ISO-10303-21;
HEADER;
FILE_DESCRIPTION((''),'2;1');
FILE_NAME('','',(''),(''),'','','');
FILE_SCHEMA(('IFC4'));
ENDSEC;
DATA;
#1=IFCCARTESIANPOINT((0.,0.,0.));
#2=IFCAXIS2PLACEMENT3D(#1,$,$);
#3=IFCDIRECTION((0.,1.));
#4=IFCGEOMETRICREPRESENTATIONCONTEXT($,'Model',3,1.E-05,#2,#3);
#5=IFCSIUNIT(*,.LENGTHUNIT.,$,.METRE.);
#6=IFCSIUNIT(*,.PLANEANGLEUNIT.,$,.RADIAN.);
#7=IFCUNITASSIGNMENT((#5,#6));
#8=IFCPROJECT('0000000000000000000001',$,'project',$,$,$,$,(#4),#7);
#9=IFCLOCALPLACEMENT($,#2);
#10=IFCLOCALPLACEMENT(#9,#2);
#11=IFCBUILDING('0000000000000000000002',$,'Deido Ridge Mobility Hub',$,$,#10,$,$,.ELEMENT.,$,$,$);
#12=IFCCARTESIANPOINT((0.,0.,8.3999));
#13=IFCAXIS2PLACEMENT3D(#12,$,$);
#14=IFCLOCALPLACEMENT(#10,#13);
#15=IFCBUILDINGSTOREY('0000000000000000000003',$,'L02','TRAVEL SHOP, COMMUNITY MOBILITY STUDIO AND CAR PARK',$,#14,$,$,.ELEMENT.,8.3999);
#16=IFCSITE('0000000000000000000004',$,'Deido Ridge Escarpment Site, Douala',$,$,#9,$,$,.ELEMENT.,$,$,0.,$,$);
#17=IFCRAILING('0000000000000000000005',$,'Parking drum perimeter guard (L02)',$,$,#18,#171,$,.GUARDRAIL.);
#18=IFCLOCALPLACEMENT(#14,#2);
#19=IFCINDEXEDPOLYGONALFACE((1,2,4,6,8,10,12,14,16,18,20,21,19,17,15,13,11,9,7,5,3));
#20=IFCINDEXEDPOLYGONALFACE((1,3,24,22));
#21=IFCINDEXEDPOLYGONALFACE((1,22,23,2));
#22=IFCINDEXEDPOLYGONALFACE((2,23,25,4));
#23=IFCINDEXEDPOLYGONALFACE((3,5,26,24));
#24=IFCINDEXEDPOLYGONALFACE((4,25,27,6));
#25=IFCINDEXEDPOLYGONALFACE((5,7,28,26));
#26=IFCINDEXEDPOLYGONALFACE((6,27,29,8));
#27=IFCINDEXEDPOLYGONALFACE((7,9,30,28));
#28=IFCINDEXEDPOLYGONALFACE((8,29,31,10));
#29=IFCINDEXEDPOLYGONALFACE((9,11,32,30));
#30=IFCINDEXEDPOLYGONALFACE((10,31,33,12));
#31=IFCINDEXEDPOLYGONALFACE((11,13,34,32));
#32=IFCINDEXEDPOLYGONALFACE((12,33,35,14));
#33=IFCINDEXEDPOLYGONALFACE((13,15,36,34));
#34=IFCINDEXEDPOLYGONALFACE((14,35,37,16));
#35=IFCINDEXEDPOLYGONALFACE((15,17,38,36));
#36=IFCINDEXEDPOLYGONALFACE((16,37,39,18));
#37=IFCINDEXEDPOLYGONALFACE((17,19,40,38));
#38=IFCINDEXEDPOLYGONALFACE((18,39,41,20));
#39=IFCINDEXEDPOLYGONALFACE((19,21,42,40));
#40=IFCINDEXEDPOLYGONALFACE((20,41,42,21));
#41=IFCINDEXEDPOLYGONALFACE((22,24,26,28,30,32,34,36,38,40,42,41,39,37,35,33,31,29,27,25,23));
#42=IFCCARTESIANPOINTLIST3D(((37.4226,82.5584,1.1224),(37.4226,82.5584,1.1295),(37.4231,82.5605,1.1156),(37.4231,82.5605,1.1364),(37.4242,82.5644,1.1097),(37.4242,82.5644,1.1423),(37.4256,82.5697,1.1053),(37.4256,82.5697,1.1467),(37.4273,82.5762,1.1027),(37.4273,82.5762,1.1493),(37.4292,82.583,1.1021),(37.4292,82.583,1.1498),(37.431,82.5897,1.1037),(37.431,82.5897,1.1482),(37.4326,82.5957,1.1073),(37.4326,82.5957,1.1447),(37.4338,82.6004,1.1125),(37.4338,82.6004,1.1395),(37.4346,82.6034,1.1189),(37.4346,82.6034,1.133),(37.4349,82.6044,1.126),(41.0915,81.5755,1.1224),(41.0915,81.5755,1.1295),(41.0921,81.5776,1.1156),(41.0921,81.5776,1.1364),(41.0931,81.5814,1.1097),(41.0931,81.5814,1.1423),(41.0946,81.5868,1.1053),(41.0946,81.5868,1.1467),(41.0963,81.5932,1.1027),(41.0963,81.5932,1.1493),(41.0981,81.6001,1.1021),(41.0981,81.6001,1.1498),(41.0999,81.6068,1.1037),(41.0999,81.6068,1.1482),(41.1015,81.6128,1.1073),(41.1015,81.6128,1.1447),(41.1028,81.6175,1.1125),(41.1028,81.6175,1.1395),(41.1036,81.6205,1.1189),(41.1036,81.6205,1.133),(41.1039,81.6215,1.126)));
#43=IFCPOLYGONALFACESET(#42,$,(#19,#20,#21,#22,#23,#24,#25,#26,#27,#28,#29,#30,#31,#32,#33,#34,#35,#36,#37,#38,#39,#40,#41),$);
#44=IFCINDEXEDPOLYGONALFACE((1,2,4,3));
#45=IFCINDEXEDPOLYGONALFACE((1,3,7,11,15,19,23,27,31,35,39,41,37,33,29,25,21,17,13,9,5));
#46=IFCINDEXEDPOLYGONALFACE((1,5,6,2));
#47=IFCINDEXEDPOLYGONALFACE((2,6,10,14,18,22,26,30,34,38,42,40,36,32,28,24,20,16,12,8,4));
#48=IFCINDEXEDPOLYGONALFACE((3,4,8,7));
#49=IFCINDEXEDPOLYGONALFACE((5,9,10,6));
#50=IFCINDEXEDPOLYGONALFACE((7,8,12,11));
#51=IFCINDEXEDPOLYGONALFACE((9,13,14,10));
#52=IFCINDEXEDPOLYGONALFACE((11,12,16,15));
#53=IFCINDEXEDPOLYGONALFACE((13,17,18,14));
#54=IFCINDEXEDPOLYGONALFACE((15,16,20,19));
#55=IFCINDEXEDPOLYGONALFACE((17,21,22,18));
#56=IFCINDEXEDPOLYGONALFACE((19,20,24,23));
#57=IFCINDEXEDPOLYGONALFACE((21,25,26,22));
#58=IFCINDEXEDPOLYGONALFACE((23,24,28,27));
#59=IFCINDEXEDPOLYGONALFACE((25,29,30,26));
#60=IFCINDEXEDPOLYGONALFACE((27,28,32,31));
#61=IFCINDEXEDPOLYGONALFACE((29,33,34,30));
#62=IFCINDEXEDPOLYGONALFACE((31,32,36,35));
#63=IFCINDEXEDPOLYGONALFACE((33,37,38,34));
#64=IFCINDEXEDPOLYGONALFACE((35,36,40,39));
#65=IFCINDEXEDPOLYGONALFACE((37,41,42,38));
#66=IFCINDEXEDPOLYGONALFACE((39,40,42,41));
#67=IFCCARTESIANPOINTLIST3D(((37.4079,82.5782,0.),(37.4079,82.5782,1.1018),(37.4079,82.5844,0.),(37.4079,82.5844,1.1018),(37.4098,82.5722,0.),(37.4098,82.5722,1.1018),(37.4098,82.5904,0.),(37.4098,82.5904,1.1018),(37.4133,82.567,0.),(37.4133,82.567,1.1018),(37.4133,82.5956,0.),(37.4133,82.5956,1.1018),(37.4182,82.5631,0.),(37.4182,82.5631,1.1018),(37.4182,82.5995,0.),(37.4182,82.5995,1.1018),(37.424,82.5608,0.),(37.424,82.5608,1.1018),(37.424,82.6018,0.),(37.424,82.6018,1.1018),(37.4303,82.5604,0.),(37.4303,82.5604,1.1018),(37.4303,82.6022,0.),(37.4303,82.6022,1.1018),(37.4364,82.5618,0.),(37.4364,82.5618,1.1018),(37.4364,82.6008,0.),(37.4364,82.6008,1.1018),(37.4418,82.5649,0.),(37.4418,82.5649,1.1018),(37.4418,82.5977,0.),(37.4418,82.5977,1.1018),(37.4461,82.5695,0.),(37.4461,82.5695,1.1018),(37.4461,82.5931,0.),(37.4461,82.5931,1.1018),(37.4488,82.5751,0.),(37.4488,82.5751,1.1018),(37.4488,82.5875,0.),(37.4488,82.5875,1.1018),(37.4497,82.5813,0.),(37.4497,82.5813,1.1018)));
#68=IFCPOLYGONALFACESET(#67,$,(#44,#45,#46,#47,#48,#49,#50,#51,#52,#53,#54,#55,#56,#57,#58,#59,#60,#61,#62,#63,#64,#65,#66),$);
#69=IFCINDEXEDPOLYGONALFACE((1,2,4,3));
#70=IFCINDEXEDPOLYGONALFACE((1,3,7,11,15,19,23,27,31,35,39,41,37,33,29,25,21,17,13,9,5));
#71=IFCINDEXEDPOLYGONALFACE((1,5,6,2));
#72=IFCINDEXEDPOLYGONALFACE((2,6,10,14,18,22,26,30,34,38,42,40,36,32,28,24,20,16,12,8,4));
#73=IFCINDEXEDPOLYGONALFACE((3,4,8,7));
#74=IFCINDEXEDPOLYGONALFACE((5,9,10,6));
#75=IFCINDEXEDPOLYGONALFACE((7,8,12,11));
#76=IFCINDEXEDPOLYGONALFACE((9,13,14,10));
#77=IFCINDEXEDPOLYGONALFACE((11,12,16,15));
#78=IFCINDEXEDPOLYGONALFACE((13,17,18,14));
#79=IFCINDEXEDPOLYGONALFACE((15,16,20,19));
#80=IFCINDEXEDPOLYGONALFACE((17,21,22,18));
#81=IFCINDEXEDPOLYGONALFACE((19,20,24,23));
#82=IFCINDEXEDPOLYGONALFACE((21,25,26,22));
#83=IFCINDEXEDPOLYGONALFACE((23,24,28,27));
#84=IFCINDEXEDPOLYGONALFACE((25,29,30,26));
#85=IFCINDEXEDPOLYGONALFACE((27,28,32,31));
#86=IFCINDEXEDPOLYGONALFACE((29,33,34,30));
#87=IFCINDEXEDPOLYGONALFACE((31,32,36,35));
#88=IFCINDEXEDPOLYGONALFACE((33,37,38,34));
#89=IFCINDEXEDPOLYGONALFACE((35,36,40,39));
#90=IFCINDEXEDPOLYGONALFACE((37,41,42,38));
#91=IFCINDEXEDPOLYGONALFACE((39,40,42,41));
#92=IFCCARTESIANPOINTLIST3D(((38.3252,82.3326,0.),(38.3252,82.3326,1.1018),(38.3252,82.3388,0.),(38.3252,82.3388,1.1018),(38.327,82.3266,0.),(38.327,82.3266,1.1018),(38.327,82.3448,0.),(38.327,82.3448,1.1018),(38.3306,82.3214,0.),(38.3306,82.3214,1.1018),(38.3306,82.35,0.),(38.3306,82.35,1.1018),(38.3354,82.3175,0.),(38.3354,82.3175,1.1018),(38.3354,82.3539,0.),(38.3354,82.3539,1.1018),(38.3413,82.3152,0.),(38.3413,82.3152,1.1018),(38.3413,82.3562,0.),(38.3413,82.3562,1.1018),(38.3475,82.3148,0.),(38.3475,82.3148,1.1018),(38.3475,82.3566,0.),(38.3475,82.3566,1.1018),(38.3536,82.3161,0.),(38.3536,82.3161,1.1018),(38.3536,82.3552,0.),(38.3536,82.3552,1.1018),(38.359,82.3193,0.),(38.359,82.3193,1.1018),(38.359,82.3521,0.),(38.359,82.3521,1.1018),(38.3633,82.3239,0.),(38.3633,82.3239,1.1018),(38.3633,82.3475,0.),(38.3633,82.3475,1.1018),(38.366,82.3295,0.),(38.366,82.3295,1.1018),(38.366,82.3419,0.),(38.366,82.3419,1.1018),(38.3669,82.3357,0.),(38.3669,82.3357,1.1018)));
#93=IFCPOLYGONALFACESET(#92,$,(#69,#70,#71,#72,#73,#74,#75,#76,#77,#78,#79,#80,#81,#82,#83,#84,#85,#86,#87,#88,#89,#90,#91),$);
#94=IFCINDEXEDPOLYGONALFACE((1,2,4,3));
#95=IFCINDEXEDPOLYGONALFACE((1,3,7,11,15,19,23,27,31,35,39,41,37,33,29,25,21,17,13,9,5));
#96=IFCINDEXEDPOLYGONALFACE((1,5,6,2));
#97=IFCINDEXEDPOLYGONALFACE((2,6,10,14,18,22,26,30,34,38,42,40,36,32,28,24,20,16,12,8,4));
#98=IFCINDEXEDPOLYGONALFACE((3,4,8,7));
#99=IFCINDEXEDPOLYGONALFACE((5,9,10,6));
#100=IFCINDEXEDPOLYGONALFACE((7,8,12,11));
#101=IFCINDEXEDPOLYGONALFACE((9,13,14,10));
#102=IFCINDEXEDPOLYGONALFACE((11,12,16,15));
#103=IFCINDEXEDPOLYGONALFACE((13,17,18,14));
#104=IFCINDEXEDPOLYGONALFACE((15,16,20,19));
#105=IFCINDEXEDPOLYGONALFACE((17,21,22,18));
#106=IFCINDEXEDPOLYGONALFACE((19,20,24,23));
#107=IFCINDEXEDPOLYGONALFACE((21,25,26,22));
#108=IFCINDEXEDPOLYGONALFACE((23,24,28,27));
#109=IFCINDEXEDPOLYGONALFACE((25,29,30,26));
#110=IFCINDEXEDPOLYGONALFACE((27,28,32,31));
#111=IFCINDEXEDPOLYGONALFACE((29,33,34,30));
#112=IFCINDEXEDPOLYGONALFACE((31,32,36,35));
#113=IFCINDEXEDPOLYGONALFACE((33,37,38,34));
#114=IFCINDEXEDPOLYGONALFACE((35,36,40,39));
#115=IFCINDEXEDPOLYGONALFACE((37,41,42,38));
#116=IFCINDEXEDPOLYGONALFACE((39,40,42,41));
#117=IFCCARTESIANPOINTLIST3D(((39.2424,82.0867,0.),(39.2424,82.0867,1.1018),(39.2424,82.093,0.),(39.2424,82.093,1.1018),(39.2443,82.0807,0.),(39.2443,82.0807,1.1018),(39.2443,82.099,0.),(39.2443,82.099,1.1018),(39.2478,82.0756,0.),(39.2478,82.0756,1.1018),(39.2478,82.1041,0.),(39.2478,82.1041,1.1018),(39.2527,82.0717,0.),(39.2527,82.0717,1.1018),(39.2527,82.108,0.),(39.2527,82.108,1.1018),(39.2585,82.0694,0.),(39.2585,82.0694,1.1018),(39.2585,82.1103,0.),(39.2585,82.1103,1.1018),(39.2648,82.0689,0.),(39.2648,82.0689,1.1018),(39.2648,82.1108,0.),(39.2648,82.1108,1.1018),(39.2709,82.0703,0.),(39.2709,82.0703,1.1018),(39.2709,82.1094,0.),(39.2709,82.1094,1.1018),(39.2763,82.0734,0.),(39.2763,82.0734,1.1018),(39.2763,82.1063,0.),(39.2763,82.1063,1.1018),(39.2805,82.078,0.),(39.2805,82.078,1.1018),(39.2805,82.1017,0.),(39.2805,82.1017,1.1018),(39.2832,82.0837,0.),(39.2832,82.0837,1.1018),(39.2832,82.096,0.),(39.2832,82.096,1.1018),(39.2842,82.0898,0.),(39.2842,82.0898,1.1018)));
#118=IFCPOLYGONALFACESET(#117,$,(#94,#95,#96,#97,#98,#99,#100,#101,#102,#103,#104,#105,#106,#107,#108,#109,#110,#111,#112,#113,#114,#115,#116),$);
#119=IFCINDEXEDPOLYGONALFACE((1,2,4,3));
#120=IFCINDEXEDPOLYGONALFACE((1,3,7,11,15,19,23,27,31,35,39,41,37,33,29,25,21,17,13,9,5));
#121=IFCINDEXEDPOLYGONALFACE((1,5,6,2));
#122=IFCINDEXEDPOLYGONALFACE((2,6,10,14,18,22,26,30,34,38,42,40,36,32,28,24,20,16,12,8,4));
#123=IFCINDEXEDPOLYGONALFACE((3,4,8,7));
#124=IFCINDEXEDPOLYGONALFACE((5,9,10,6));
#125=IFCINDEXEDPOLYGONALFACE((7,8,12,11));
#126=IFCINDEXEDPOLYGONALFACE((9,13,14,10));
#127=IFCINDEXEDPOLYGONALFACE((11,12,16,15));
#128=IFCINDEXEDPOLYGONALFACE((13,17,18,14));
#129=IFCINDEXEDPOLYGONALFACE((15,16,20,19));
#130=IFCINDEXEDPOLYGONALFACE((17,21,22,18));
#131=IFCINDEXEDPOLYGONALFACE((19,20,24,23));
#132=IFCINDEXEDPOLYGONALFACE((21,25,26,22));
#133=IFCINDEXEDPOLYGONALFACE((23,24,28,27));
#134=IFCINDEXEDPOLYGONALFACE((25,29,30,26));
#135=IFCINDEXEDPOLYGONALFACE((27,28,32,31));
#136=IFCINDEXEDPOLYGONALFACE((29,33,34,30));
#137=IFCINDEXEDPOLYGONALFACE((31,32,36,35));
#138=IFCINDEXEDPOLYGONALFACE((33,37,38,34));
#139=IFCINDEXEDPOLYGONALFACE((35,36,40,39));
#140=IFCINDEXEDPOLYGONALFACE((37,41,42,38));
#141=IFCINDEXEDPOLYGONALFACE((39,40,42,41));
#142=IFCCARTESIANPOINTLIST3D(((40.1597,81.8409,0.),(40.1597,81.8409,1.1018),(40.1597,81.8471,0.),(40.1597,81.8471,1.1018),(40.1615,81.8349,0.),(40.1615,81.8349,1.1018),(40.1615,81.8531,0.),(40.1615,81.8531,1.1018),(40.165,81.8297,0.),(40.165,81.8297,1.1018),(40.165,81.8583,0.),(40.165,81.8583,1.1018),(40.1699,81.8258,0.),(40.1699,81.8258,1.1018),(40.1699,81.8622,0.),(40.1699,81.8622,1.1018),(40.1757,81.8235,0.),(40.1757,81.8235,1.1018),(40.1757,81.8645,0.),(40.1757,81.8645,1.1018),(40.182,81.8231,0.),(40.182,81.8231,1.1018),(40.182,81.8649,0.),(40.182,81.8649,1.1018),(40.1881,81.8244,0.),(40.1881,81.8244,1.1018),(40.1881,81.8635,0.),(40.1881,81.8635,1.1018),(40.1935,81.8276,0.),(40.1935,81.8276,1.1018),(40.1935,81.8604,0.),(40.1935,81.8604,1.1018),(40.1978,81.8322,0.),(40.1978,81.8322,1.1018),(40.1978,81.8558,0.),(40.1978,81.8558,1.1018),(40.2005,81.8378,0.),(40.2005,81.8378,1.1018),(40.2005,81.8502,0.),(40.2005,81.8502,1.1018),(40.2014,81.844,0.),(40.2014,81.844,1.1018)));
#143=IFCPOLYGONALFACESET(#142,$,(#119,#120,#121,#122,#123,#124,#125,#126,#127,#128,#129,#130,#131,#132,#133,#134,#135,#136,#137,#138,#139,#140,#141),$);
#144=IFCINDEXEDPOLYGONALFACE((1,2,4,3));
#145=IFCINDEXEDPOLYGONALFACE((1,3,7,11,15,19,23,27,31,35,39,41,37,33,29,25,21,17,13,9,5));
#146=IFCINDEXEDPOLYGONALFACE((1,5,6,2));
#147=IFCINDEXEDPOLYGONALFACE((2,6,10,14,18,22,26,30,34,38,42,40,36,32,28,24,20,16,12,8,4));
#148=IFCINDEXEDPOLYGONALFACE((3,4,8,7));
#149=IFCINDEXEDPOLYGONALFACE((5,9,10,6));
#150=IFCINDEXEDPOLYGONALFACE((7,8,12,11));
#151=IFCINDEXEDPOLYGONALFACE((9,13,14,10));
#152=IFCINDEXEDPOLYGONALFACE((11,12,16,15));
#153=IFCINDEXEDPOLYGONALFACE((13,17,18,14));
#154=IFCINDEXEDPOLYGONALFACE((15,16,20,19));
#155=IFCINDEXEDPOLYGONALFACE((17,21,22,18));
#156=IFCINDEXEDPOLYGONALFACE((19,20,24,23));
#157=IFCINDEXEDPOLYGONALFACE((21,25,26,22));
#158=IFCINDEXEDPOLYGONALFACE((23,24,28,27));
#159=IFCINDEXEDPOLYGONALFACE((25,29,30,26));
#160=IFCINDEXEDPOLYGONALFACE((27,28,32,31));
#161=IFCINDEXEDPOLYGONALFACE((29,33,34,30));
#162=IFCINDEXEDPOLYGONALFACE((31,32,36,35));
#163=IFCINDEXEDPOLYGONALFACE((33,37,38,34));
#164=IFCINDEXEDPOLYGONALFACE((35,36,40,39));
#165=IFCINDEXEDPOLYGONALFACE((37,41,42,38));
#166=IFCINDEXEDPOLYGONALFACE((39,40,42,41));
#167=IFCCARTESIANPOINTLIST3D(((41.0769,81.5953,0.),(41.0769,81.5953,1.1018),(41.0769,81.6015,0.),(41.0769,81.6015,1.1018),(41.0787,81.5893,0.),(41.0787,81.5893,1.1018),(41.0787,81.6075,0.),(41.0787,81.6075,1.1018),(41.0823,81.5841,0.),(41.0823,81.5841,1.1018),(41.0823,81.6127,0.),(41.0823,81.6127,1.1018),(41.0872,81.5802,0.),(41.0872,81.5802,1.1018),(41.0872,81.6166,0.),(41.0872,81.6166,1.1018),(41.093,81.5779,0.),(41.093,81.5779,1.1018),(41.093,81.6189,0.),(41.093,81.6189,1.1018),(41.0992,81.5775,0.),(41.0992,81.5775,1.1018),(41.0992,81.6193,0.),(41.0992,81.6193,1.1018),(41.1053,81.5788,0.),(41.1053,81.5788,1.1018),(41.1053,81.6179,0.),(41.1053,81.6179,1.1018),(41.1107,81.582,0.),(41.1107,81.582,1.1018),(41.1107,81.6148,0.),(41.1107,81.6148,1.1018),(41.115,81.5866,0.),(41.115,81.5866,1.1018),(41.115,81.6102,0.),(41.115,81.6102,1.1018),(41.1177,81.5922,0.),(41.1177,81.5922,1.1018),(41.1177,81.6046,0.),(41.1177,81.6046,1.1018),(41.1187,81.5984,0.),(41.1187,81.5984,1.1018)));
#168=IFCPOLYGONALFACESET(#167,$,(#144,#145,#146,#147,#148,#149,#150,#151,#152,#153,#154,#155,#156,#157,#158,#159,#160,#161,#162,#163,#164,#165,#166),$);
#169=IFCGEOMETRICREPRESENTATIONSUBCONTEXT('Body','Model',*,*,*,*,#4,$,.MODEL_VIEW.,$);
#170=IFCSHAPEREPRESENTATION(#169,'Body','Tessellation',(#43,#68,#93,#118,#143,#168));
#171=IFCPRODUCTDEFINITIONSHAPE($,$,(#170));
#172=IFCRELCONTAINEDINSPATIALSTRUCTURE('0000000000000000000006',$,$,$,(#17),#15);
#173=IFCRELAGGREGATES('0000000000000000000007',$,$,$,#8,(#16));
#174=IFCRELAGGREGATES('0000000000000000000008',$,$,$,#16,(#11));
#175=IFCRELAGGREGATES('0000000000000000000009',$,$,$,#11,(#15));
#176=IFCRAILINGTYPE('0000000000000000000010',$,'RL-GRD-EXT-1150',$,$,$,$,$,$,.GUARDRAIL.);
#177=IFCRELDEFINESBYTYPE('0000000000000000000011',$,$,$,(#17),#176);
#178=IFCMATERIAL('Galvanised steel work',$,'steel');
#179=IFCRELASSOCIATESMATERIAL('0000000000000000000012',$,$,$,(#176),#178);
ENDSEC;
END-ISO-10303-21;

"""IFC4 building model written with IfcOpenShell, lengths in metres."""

from ifc_helpers import new_model, si_unit, direction, frame, origin, origin_2d, place, context, subcontext, project, spatial, circle, extrude, material, type_object, element, save


model = new_model("IFC4")

# Units and contexts
model_context = context("Model", 3, precision=1e-05, world=origin(), true_north=direction((0.0, 1.0)))
body_context = subcontext(model_context, "Body", "Model", "MODEL_VIEW")
ifc_project = project(units=[si_unit("LENGTHUNIT", "METRE"), si_unit("PLANEANGLEUNIT", "RADIAN")], contexts=[model_context])

# Site, building, storey
site_placement = place(None, origin())
site = spatial("IfcSite", under=ifc_project, at=site_placement, Name="Deido Ridge Escarpment Site, Douala", CompositionType="ELEMENT", RefElevation=0.0)
building_placement = place(site_placement, origin())
building = spatial("IfcBuilding", under=site, at=building_placement, Name="Deido Ridge Mobility Hub", CompositionType="ELEMENT")
storey_placement = place(building_placement, frame((0.0, 0.0, 8.3999)))
storey = spatial("IfcBuildingStorey", under=building, at=storey_placement, Name="L02", Description="TRAVEL SHOP, COMMUNITY MOBILITY STUDIO AND CAR PARK", CompositionType="ELEMENT", Elevation=8.3999)

# Railing
ifc_material_1 = material(Name="Galvanised steel work", Category="steel")
railing_type = type_object("IfcRailingType", Name="RL-GRD-EXT-1150", PredefinedType="GUARDRAIL", material=ifc_material_1)
railing_1_placement = place(storey_placement, frame((37.4287, 82.5813, 0.0)))
element("IfcRailing", 1, at=railing_1_placement, inside=storey, type_object=railing_type, Name="Parking drum perimeter guard (L02)", PredefinedType="GUARDRAIL", context=body_context, shape_type="SweptSolid", body=[
    extrude(circle(Radius=0.0239, at=origin_2d()), frame((0.0, 0.0, 1.126), z_axis=(0.965938, -0.258775, 0.0), x_axis=(0.258775, 0.965938, 0.0)), (0.0, 0.0, 1.0), 3.7983),
    extrude(circle(Radius=0.021, at=origin_2d()), origin(), (0.0, 0.0, 1.0), 1.1018),
    extrude(circle(Radius=0.021, at=origin_2d()), frame((0.9172, -0.2456, 0.0)), (0.0, 0.0, 1.0), 1.1018),
    extrude(circle(Radius=0.021, at=origin_2d()), frame((1.8345, -0.4915, 0.0)), (0.0, 0.0, 1.0), 1.1018),
    extrude(circle(Radius=0.021, at=origin_2d()), frame((2.7517, -0.7373, 0.0)), (0.0, 0.0, 1.0), 1.1018),
    extrude(circle(Radius=0.021, at=origin_2d()), frame((3.6689, -0.9829, 0.0)), (0.0, 0.0, 1.0), 1.1018),
])

save(model, "model.ifc")
